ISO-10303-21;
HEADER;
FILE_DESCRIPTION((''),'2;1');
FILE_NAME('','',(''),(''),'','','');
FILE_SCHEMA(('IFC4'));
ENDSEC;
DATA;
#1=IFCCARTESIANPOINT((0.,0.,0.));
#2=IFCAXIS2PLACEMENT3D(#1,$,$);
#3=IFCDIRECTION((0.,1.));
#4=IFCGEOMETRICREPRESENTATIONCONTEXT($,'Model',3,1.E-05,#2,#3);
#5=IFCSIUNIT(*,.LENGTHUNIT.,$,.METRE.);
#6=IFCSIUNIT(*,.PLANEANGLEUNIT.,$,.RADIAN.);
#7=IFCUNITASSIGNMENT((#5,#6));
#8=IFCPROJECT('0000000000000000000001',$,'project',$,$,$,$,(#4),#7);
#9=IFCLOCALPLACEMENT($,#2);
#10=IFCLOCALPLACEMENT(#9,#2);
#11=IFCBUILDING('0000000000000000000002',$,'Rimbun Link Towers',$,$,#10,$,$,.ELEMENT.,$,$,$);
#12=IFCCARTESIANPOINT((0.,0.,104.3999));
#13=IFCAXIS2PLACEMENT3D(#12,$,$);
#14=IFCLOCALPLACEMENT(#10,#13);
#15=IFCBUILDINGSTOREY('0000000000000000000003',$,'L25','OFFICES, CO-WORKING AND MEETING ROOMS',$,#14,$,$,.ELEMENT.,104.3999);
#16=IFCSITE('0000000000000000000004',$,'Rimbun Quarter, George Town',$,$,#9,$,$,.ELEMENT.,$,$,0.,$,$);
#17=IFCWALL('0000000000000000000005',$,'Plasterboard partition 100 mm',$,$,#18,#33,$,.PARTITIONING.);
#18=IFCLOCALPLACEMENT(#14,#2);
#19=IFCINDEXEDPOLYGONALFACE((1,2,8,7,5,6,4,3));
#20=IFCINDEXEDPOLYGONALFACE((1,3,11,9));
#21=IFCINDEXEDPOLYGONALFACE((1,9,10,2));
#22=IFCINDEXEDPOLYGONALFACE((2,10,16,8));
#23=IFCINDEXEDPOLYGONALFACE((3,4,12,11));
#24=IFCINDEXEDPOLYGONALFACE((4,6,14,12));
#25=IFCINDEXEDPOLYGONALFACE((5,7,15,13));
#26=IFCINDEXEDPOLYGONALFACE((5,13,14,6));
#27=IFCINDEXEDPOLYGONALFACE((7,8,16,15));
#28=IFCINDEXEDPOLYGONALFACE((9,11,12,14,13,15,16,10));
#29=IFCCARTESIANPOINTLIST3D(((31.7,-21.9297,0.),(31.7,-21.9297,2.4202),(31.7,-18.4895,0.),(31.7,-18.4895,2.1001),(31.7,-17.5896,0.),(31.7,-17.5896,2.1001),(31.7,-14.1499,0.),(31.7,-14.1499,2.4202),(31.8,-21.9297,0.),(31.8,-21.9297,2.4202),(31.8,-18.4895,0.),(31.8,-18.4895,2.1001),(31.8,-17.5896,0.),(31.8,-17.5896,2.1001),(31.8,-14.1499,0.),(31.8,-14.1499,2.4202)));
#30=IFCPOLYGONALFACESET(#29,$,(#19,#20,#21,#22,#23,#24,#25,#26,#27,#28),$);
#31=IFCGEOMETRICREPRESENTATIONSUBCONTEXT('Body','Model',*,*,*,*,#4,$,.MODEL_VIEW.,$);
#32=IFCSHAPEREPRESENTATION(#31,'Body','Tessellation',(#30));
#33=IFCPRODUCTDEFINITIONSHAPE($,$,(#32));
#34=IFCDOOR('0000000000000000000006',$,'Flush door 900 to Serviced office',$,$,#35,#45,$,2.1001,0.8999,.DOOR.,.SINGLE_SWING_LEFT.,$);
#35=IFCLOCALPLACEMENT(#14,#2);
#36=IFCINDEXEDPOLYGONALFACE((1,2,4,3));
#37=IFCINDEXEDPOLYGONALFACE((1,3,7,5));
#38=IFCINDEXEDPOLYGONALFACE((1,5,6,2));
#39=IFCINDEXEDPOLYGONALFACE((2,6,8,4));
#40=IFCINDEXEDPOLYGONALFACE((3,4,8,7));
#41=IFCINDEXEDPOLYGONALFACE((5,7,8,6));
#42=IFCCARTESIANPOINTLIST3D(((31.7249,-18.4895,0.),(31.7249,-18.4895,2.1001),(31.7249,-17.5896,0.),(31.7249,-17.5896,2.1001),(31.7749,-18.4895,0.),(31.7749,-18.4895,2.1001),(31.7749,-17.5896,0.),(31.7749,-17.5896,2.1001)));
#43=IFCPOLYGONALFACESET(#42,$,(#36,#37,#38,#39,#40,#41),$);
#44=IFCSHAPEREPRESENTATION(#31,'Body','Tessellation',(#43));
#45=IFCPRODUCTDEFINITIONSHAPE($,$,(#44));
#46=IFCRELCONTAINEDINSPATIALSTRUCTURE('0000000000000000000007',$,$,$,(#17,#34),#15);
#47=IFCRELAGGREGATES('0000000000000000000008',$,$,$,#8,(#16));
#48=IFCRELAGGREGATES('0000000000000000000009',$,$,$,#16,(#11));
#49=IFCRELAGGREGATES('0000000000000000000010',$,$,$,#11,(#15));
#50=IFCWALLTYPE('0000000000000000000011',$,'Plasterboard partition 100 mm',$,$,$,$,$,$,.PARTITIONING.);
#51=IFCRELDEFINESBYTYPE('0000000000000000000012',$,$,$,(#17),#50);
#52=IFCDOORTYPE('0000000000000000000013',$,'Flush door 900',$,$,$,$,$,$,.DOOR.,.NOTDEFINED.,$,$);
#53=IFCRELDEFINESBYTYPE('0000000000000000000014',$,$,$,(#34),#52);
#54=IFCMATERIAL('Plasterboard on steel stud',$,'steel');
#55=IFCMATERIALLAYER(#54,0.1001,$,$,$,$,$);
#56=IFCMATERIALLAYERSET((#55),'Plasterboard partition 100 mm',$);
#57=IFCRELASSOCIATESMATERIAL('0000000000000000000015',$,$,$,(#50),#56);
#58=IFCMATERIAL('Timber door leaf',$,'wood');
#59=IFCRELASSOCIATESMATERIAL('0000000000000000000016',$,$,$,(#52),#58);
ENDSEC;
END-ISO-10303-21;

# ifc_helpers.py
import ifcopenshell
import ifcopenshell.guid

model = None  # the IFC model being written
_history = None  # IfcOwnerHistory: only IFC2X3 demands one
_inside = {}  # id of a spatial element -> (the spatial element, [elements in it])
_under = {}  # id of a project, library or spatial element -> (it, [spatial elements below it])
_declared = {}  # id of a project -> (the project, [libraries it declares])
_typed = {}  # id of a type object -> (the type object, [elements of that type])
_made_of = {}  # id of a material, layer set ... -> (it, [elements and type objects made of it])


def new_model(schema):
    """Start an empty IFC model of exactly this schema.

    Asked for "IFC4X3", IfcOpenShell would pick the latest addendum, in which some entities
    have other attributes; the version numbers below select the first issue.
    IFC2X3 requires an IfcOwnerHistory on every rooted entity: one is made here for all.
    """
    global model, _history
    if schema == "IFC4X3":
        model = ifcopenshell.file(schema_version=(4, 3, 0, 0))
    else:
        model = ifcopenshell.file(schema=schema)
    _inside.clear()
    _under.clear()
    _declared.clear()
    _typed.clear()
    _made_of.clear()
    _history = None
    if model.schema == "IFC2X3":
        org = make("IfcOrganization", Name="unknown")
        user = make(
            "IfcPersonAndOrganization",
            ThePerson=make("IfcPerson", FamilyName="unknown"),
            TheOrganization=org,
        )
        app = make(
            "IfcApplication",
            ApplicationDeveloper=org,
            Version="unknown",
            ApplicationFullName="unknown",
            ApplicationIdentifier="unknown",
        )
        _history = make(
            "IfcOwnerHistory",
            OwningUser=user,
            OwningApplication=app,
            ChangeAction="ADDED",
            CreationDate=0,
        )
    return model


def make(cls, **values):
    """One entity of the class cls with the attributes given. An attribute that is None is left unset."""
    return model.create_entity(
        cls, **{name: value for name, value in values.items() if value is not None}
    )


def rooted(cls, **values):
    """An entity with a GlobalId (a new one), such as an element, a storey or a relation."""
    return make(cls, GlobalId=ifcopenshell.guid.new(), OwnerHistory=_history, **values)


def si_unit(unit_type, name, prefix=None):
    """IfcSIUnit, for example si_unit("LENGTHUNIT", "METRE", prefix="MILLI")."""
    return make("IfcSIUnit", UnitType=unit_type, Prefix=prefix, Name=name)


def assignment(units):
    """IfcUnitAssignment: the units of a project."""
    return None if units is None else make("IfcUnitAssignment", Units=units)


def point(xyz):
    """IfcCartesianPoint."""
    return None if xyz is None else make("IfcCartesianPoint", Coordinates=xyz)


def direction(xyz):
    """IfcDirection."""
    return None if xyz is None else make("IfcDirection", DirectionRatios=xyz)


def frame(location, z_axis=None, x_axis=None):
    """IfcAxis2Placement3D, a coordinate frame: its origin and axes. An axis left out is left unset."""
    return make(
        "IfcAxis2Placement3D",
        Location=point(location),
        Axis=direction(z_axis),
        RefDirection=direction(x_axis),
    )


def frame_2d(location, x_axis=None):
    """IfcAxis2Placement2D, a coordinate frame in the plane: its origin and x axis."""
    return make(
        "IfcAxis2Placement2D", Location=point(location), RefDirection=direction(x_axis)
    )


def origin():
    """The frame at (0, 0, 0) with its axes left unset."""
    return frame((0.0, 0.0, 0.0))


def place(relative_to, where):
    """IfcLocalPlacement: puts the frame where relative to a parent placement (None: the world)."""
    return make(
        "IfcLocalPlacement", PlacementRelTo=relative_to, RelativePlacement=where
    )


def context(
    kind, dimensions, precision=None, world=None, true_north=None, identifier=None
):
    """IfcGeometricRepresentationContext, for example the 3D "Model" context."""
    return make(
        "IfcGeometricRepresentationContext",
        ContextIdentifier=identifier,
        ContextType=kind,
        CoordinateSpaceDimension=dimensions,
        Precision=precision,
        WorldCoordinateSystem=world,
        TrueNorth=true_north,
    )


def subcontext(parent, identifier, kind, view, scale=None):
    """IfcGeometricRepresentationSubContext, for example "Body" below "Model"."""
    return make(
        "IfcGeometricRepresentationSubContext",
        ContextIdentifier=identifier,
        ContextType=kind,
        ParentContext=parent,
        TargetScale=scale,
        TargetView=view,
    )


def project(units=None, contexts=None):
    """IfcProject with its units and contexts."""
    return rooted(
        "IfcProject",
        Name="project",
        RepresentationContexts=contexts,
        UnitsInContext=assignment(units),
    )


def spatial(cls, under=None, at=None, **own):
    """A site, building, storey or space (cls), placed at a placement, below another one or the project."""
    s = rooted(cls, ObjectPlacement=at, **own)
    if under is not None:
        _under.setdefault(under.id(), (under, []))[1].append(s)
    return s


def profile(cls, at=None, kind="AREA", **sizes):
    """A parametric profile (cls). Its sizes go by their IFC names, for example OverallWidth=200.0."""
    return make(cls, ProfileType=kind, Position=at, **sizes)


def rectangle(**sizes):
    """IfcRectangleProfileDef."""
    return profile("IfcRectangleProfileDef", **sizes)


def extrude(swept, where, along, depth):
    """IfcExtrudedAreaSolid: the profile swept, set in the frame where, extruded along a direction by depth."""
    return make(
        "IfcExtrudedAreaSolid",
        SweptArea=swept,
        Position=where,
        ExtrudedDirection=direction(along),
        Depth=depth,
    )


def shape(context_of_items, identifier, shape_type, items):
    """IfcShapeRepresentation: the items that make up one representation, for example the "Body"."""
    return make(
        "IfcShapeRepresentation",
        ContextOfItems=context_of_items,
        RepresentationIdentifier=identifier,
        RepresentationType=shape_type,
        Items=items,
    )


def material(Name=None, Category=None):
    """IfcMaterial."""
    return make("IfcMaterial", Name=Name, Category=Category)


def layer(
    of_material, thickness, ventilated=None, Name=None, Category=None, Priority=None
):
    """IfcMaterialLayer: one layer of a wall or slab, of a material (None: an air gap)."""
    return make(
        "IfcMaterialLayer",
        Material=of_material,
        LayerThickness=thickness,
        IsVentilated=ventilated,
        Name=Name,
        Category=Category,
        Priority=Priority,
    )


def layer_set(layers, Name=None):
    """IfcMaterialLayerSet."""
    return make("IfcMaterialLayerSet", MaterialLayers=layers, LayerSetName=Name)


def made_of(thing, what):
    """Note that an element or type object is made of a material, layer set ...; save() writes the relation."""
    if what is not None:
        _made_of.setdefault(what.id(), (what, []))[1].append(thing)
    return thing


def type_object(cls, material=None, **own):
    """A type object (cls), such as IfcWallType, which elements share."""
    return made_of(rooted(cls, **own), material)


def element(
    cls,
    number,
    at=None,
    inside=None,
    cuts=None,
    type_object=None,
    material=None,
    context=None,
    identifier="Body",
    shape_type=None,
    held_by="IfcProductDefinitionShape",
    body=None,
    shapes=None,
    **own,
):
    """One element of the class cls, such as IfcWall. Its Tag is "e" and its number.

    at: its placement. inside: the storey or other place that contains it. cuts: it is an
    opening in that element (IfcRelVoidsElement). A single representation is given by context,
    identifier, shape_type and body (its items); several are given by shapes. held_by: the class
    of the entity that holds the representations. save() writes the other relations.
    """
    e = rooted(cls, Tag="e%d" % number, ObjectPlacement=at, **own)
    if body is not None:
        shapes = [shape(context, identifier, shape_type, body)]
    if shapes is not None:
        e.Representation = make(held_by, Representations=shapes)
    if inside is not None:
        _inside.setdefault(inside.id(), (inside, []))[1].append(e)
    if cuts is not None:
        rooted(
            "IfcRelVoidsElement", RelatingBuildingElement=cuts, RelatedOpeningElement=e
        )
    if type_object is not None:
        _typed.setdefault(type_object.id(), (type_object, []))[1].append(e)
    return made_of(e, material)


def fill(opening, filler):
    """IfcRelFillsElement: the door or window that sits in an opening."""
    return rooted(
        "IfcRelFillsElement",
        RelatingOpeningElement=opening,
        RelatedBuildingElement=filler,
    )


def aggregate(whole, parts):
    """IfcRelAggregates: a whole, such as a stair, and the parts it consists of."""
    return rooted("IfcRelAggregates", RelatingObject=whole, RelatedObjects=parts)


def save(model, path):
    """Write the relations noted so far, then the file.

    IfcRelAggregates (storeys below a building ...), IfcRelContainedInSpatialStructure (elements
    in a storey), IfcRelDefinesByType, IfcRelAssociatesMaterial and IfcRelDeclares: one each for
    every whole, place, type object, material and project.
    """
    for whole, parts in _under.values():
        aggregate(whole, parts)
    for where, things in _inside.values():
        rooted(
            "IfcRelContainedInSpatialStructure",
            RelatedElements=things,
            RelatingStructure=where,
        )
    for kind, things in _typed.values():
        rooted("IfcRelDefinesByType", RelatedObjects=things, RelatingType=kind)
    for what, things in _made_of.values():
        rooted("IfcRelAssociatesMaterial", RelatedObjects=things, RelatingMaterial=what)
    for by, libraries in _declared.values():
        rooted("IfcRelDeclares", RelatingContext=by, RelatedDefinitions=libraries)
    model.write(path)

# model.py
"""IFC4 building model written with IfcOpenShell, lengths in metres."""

from ifc_helpers import new_model, si_unit, direction, frame, frame_2d, origin, place, context, subcontext, project, spatial, rectangle, extrude, material, layer, layer_set, type_object, element, fill, save


model = new_model("IFC4")

# Units and contexts
model_context = context("Model", 3, precision=1e-05, world=origin(), true_north=direction((0.0, 1.0)))
body_context = subcontext(model_context, "Body", "Model", "MODEL_VIEW")
ifc_project = project(units=[si_unit("LENGTHUNIT", "METRE"), si_unit("PLANEANGLEUNIT", "RADIAN")], contexts=[model_context])

# Site, building, storey
site_placement = place(None, origin())
site = spatial("IfcSite", under=ifc_project, at=site_placement, Name="Rimbun Quarter, George Town", CompositionType="ELEMENT", RefElevation=0.0)
building_placement = place(site_placement, origin())
building = spatial("IfcBuilding", under=site, at=building_placement, Name="Rimbun Link Towers", CompositionType="ELEMENT")
storey_placement = place(building_placement, frame((0.0, 0.0, 104.3999)))
storey = spatial("IfcBuildingStorey", under=building, at=storey_placement, Name="L25", Description="OFFICES, CO-WORKING AND MEETING ROOMS", CompositionType="ELEMENT", Elevation=104.3999)

# Shared definitions
ifc_material_1 = material(Name="Plasterboard on steel stud", Category="steel")
ifc_layer_1 = layer(ifc_material_1, 0.1001)
ifc_layer_set_1 = layer_set([ifc_layer_1], Name="Plasterboard partition 100 mm")
wall_type = type_object("IfcWallType", Name="Plasterboard partition 100 mm", PredefinedType="PARTITIONING", material=ifc_layer_set_1)
ifc_material_2 = material(Name="Timber door leaf", Category="wood")
door_type_1 = type_object("IfcDoorType", Name="Flush door 900", OperationType="NOTDEFINED", PredefinedType="DOOR", material=ifc_material_2)

# Wall, opening, door
wall_1_placement = place(storey_placement, frame((31.75, -14.1499, 0.0), z_axis=(0.0, 0.0, 1.0), x_axis=(0.0, -1.0, 0.0)))
wall_1 = element("IfcWall", 1, at=wall_1_placement, inside=storey, type_object=wall_type, Name="Plasterboard partition 100 mm", PredefinedType="PARTITIONING", context=body_context, shape_type="SweptSolid", body=[
    extrude(rectangle(XDim=7.7798, YDim=0.1001, at=frame_2d((3.8899, 0.0))), origin(), (0.0, 0.0, 1.0), 2.4202),
])
opening_1_placement = place(wall_1_placement, frame((3.4397, 0.0, 0.0)))
opening_1 = element("IfcOpeningElement", 2, at=opening_1_placement, cuts=wall_1, PredefinedType="OPENING", context=body_context, shape_type="SweptSolid", body=[
    extrude(rectangle(XDim=0.8999, YDim=2.1001, at=frame_2d((0.45, 1.05))), frame((0.0, 0.0601, 0.0), z_axis=(0.0, -1.0, 0.0), x_axis=(1.0, 0.0, 0.0)), (0.0, 0.0, 1.0), 0.1201),
])
door_1_placement = place(opening_1_placement, origin())
door_1 = element("IfcDoor", 3, at=door_1_placement, inside=storey, type_object=door_type_1, Name="Flush door 900 to Serviced office", OperationType="SINGLE_SWING_LEFT", OverallHeight=2.1001, OverallWidth=0.8999, PredefinedType="DOOR", context=body_context, shape_type="SweptSolid", body=[
    extrude(rectangle(XDim=0.8999, YDim=2.1001, at=frame_2d((0.45, 1.05))), frame((0.0, 0.0249, 0.0), z_axis=(0.0, -1.0, 0.0), x_axis=(1.0, 0.0, 0.0)), (0.0, 0.0, 1.0), 0.05),
])
fill(opening_1, door_1)

save(model, "model.ifc")
